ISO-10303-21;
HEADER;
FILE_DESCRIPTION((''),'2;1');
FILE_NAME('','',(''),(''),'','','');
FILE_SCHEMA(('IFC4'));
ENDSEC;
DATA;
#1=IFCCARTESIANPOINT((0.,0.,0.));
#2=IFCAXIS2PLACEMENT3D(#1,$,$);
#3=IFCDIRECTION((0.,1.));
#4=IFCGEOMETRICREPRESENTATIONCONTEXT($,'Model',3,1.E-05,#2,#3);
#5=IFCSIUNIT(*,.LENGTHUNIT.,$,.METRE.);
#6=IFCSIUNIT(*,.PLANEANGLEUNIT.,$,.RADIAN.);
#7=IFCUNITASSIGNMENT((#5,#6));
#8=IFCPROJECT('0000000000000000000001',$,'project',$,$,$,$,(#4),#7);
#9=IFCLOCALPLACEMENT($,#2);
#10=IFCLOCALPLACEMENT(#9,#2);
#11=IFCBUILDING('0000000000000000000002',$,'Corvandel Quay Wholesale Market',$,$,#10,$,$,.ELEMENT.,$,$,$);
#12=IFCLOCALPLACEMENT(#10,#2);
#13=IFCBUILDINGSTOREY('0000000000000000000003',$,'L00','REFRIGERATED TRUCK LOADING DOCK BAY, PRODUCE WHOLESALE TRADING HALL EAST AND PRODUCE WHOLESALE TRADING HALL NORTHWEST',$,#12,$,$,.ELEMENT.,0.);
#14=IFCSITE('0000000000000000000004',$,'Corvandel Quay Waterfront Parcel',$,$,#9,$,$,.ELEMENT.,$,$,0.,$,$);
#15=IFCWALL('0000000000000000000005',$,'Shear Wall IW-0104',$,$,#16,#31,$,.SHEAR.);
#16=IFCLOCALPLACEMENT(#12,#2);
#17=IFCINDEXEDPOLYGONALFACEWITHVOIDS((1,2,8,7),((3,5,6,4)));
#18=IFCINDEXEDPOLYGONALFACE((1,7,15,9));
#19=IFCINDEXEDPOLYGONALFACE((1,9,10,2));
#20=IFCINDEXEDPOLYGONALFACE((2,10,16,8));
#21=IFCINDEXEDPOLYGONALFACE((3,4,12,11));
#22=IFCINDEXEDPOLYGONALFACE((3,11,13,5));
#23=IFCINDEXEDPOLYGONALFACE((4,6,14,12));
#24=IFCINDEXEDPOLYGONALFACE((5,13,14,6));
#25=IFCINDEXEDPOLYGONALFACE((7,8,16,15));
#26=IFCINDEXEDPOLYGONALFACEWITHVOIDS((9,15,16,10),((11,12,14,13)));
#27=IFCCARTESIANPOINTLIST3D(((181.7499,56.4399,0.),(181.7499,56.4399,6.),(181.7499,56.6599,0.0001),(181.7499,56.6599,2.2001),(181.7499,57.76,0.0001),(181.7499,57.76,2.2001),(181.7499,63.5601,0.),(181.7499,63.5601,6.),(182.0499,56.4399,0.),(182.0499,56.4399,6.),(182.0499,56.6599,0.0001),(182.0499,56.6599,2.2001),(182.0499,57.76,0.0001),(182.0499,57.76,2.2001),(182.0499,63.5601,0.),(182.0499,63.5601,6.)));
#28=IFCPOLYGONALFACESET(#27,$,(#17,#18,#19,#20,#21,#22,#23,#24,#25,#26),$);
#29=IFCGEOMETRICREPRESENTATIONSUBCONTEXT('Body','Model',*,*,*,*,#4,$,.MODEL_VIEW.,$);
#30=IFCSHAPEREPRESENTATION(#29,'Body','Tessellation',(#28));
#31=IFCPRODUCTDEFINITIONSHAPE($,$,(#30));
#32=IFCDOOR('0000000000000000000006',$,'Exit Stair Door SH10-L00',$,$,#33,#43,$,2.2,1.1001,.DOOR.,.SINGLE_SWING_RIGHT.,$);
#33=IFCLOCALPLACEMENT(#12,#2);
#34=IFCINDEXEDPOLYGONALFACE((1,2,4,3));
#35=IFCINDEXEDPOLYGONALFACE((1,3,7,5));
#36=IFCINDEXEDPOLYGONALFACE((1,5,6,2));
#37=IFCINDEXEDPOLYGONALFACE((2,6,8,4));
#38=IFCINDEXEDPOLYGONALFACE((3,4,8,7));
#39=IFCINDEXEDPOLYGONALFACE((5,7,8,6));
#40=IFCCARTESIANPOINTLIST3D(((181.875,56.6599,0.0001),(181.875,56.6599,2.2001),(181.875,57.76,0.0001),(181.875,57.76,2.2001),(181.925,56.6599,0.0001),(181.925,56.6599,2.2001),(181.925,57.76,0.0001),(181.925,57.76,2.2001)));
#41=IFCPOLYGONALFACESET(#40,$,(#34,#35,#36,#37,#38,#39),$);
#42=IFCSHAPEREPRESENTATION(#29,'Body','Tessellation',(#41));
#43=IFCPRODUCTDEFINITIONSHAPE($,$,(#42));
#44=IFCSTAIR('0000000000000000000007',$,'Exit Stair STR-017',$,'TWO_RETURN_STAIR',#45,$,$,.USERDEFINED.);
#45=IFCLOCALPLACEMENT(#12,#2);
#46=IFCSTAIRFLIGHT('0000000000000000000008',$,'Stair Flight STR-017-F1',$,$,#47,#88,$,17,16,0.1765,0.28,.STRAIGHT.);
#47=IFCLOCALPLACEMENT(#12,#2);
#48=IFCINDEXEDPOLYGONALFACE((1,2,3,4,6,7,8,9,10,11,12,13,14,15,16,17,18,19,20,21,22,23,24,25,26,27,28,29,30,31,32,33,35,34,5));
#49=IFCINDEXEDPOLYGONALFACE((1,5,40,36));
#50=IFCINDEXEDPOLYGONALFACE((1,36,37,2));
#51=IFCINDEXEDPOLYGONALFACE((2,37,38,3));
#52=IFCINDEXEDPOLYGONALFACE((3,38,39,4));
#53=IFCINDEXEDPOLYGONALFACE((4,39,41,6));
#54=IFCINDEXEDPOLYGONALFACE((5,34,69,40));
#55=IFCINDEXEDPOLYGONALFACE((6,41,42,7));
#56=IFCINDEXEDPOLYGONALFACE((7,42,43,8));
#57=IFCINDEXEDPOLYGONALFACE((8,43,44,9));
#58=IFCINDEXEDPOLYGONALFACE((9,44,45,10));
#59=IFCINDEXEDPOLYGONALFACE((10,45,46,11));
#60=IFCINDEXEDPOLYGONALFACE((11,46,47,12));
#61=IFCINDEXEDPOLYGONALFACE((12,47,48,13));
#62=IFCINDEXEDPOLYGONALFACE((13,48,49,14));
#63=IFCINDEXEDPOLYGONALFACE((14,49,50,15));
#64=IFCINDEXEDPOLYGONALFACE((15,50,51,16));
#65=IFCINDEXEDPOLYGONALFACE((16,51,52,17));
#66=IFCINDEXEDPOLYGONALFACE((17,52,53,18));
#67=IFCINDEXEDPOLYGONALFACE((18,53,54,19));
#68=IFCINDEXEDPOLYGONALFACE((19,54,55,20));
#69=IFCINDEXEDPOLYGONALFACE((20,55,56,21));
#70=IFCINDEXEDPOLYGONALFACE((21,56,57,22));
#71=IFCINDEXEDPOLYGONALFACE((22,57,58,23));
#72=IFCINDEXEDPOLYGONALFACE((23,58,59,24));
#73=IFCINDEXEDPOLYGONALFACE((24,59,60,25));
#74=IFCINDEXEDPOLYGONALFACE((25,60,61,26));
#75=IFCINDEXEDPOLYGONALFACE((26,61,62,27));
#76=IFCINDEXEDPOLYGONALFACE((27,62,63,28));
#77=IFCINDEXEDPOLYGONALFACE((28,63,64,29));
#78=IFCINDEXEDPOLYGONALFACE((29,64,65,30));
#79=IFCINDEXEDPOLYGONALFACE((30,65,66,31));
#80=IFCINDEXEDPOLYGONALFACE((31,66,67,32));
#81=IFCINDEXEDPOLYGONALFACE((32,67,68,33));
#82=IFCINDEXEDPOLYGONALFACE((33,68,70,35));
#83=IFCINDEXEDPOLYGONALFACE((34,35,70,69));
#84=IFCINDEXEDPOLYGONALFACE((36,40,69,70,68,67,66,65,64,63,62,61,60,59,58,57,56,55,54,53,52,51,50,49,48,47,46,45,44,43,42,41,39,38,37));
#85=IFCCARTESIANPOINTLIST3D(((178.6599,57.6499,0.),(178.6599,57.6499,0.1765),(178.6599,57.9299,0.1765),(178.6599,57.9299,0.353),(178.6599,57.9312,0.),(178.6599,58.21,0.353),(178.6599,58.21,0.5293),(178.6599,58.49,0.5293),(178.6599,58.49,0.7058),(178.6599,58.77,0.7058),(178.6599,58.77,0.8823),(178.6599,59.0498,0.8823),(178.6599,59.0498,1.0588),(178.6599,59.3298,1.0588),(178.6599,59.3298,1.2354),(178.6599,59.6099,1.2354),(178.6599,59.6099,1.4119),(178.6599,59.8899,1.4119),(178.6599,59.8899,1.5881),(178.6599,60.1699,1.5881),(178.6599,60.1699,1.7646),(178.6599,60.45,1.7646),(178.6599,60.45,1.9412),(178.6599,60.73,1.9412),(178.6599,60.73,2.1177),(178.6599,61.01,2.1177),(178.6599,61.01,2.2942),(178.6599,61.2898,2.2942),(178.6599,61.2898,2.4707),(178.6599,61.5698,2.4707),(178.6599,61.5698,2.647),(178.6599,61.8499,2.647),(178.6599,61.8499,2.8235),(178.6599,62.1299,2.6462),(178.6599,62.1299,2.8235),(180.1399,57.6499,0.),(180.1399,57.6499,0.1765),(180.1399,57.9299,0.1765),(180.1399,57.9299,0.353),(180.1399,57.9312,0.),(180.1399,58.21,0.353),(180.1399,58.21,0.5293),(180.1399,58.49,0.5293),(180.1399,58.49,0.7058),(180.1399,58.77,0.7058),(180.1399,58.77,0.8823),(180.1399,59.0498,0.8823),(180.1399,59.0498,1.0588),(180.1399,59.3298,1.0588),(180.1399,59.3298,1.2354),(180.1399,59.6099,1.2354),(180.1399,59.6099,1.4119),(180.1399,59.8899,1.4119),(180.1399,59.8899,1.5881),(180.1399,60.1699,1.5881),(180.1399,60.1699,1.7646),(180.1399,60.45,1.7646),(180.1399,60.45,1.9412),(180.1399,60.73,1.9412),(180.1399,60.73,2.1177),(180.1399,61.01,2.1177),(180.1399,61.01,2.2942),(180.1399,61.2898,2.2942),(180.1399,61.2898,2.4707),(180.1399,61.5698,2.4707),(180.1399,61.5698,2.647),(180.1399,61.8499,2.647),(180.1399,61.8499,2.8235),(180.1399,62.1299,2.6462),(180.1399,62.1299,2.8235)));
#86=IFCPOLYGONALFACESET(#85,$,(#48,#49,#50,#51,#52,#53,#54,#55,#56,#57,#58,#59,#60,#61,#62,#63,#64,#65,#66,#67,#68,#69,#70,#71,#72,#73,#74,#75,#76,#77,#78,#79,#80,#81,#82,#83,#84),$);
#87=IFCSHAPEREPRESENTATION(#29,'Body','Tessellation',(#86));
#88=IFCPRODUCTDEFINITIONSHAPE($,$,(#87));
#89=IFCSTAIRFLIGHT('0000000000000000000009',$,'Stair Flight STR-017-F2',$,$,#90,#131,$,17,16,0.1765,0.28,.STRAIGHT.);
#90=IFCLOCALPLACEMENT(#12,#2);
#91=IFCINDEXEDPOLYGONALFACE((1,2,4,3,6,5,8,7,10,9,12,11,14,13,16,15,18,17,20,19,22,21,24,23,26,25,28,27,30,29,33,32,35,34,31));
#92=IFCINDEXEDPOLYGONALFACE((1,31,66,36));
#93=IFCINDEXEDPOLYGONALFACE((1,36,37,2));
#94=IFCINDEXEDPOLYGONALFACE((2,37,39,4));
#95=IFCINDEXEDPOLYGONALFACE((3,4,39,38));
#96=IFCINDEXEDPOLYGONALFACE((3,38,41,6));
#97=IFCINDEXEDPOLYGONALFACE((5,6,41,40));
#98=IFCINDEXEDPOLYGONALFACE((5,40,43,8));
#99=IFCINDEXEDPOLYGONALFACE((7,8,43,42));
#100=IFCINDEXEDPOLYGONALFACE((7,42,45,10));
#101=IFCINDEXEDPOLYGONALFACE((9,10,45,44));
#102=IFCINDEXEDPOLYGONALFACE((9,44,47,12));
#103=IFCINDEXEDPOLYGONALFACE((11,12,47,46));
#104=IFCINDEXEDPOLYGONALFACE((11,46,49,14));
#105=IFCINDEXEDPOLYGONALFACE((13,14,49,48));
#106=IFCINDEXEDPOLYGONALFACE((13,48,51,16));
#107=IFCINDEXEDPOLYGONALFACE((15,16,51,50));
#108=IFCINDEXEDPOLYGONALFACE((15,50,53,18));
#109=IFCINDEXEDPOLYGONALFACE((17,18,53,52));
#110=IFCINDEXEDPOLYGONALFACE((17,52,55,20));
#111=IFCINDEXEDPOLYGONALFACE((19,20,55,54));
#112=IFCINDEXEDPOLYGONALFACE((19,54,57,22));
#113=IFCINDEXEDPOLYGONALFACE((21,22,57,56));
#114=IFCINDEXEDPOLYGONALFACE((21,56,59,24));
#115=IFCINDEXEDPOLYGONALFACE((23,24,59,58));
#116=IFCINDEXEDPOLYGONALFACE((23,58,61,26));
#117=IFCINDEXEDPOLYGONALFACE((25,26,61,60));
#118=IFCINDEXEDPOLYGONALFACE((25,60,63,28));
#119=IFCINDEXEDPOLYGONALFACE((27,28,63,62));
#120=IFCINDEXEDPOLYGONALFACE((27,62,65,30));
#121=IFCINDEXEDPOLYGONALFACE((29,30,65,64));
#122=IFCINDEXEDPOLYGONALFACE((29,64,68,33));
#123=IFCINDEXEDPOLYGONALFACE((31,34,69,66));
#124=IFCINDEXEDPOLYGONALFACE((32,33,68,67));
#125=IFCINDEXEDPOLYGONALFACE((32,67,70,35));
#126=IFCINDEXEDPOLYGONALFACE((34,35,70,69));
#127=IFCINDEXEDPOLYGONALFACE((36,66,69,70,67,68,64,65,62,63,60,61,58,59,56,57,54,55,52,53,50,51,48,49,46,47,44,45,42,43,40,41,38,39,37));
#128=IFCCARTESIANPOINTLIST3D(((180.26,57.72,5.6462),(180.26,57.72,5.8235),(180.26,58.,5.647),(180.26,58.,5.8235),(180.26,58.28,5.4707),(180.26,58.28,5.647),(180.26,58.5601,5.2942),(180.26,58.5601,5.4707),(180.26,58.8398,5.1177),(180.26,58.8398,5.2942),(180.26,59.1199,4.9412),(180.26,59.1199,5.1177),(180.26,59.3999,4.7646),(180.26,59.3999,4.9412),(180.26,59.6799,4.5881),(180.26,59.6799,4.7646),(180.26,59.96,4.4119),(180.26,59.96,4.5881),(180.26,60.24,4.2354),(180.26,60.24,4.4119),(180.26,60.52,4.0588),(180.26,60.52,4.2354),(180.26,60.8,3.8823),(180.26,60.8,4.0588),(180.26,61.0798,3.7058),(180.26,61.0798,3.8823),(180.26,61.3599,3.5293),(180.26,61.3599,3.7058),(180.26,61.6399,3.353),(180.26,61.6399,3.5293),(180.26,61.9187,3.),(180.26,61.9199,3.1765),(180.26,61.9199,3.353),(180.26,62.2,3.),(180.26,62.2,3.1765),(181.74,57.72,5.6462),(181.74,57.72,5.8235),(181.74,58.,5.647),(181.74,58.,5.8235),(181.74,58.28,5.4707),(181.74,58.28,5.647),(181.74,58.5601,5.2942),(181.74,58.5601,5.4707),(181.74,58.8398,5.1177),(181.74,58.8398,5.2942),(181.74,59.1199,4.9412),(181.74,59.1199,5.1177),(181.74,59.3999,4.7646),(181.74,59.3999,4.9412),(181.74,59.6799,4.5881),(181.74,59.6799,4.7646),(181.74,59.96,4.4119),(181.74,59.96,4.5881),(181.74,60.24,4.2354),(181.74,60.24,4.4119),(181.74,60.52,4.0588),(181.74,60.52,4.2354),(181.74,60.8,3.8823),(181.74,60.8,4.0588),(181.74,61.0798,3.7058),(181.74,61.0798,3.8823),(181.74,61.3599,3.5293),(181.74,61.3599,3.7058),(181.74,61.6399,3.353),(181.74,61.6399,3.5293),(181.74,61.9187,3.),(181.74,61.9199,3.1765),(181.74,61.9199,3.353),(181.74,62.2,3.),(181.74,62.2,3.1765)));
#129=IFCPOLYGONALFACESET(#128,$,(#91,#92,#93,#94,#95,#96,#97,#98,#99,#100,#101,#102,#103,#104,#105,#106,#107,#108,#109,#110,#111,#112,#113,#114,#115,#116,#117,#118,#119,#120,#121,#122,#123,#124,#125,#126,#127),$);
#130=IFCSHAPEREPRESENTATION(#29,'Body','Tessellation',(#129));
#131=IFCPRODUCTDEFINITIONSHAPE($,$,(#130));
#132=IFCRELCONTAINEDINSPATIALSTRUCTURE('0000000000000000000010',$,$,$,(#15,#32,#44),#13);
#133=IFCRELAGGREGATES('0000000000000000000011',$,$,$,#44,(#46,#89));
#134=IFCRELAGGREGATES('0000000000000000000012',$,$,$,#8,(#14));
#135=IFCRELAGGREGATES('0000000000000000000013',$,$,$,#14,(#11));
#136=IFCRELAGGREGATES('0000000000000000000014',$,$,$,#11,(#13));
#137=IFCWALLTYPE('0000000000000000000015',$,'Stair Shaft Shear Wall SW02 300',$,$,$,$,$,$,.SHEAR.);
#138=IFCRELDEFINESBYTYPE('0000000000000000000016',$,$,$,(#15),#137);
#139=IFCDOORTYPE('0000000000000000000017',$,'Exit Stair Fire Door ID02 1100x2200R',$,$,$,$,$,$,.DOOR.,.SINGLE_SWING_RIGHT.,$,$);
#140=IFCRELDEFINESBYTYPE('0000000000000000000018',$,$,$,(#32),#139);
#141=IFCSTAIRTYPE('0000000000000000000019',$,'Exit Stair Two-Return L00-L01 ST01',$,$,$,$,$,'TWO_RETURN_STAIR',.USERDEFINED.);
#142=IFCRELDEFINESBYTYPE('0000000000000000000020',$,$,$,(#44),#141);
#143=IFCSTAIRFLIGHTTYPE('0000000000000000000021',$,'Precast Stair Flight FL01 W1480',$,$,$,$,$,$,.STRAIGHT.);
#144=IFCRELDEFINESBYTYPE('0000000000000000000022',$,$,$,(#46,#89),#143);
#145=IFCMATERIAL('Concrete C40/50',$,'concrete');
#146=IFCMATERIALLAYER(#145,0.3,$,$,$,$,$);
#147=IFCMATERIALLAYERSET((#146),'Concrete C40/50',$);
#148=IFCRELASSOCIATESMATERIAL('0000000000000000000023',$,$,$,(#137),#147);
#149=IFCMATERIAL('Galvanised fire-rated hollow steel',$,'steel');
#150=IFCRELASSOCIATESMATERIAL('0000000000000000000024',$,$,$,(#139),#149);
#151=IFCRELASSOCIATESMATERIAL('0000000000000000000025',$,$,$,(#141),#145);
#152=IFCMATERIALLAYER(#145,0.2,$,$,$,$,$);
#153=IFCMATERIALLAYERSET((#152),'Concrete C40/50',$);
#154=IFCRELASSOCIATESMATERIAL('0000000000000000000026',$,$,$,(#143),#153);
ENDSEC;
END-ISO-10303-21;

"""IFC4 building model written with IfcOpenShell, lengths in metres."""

from ifc_helpers import new_model, si_unit, direction, frame, frame_2d, origin, place, context, subcontext, project, spatial, polyline, rectangle, outline, extrude, material, layer, layer_set, type_object, element, fill, aggregate, save


model = new_model("IFC4")

# Units and contexts
model_context = context("Model", 3, precision=1e-05, world=origin(), true_north=direction((0.0, 1.0)))
body_context = subcontext(model_context, "Body", "Model", "MODEL_VIEW")
ifc_project = project(units=[si_unit("LENGTHUNIT", "METRE"), si_unit("PLANEANGLEUNIT", "RADIAN")], contexts=[model_context])

# Site, building, storey
site_placement = place(None, origin())
site = spatial("IfcSite", under=ifc_project, at=site_placement, Name="Corvandel Quay Waterfront Parcel", CompositionType="ELEMENT", RefElevation=0.0)
building_placement = place(site_placement, origin())
building = spatial("IfcBuilding", under=site, at=building_placement, Name="Corvandel Quay Wholesale Market", CompositionType="ELEMENT")
storey_placement = place(building_placement, origin())
storey = spatial("IfcBuildingStorey", under=building, at=storey_placement, Name="L00", Description="REFRIGERATED TRUCK LOADING DOCK BAY, PRODUCE WHOLESALE TRADING HALL EAST AND PRODUCE WHOLESALE TRADING HALL NORTHWEST", CompositionType="ELEMENT", Elevation=0.0)

# Shared definitions
ifc_material_1 = material(Name="Concrete C40/50", Category="concrete")

# Shared definitions
ifc_layer_1 = layer(ifc_material_1, 0.3)
ifc_layer_set_1 = layer_set([ifc_layer_1], Name="Concrete C40/50")
wall_type_1 = type_object("IfcWallType", Name="Stair Shaft Shear Wall SW02 300", PredefinedType="SHEAR", material=ifc_layer_set_1)

# Wall, opening, door
wall_1_placement = place(storey_placement, frame((181.8999, 56.4399, 0.0), z_axis=(0.0, 0.0, 1.0), x_axis=(0.0, 1.0, 0.0)))
wall_1 = element("IfcWall", 1, at=wall_1_placement, inside=storey, type_object=wall_type_1, Name="Shear Wall IW-0104", PredefinedType="SHEAR", context=body_context, shape_type="SweptSolid", body=[
    extrude(rectangle(XDim=7.1201, YDim=0.3, at=frame_2d((3.5601, 0.0))), origin(), (0.0, 0.0, 1.0), 6.0),
])
opening_placement = place(wall_1_placement, frame((0.22, 0.0, 0.0)))
opening = element("IfcOpeningElement", 2, at=opening_placement, cuts=wall_1, PredefinedType="OPENING", context=body_context, shape_type="SweptSolid", body=[
    extrude(rectangle(XDim=1.1001, YDim=2.2, at=frame_2d((0.55, 1.1001))), frame((0.0, 0.1599, 0.0), z_axis=(0.0, -1.0, 0.0), x_axis=(1.0, 0.0, 0.0)), (0.0, 0.0, 1.0), 0.3201),
])
ifc_material_2 = material(Name="Galvanised fire-rated hollow steel", Category="steel")
door_type = type_object("IfcDoorType", Name="Exit Stair Fire Door ID02 1100x2200R", OperationType="SINGLE_SWING_RIGHT", PredefinedType="DOOR", material=ifc_material_2)
door_placement = place(opening_placement, origin())
door = element("IfcDoor", 3, at=door_placement, inside=storey, type_object=door_type, Name="Exit Stair Door SH10-L00", OperationType="SINGLE_SWING_RIGHT", OverallHeight=2.2, OverallWidth=1.1001, PredefinedType="DOOR", context=body_context, shape_type="SweptSolid", body=[
    extrude(rectangle(XDim=1.1001, YDim=2.2, at=frame_2d((0.55, 1.1001))), frame((0.0, 0.0249, 0.0), z_axis=(0.0, -1.0, 0.0), x_axis=(1.0, 0.0, 0.0)), (0.0, 0.0, 1.0), 0.05),
])
fill(opening, door)

# Stair, stair flights
stair_type = type_object("IfcStairType", Name="Exit Stair Two-Return L00-L01 ST01", ElementType="TWO_RETURN_STAIR", PredefinedType="USERDEFINED", material=ifc_material_1)
stair_placement = place(storey_placement, origin())
stair = element("IfcStair", 4, at=stair_placement, inside=storey, type_object=stair_type, Name="Exit Stair STR-017", ObjectType="TWO_RETURN_STAIR", PredefinedType="USERDEFINED")
ifc_layer_2 = layer(ifc_material_1, 0.2)
ifc_layer_set_2 = layer_set([ifc_layer_2], Name="Concrete C40/50")
stair_flight_type = type_object("IfcStairFlightType", Name="Precast Stair Flight FL01 W1480", PredefinedType="STRAIGHT", material=ifc_layer_set_2)
stair_flight_1_placement = place(storey_placement, frame((179.3999, 57.6499, 0.0), z_axis=(0.0, 0.0, 1.0), x_axis=(0.0, 1.0, 0.0)))
stair_flight_1 = element("IfcStairFlight", 5, at=stair_flight_1_placement, type_object=stair_flight_type, Name="Stair Flight STR-017-F1", NumberOfRisers=17, NumberOfTreads=16, PredefinedType="STRAIGHT", RiserHeight=0.1765, TreadLength=0.28, context=body_context, shape_type="SweptSolid", body=[
    extrude(outline(polyline([(0.0, 0.0), (0.0, 0.1765), (0.28, 0.1765), (0.28, 0.353), (0.5601, 0.353), (0.5601, 0.5293), (0.8401, 0.5293), (0.8401, 0.7058), (1.1201, 0.7058), (1.1201, 0.8823), (1.3999, 0.8823), (1.3999, 1.0588), (1.6799, 1.0588), (1.6799, 1.2354), (1.96, 1.2354), (1.96, 1.4119), (2.24, 1.4119), (2.24, 1.5881), (2.52, 1.5881), (2.52, 1.7646), (2.8, 1.7646), (2.8, 1.9412), (3.0801, 1.9412), (3.0801, 2.1177), (3.3601, 2.1177), (3.3601, 2.2942), (3.6399, 2.2942), (3.6399, 2.4707), (3.9199, 2.4707), (3.9199, 2.647), (4.2, 2.647), (4.2, 2.8235), (4.48, 2.8235), (4.48, 3.0), (4.48, 2.6462), (0.2812, 0.0), (0.0, 0.0)])), frame((0.0, 0.74, 0.0), z_axis=(0.0, -1.0, 0.0), x_axis=(1.0, 0.0, 0.0)), (0.0, 0.0, 1.0), 1.48),
])
stair_flight_2_placement = place(storey_placement, frame((181.0, 62.2, 3.0), z_axis=(0.0, 0.0, 1.0), x_axis=(0.0, -1.0, 0.0)))
stair_flight_2 = element("IfcStairFlight", 6, at=stair_flight_2_placement, type_object=stair_flight_type, Name="Stair Flight STR-017-F2", NumberOfRisers=17, NumberOfTreads=16, PredefinedType="STRAIGHT", RiserHeight=0.1765, TreadLength=0.28, context=body_context, shape_type="SweptSolid", body=[
    extrude(outline(polyline([(0.0, 0.0), (0.0, 0.1765), (0.28, 0.1765), (0.28, 0.353), (0.5601, 0.353), (0.5601, 0.5293), (0.8401, 0.5293), (0.8401, 0.7058), (1.1201, 0.7058), (1.1201, 0.8823), (1.3999, 0.8823), (1.3999, 1.0588), (1.6799, 1.0588), (1.6799, 1.2354), (1.96, 1.2354), (1.96, 1.4119), (2.24, 1.4119), (2.24, 1.5881), (2.52, 1.5881), (2.52, 1.7646), (2.8, 1.7646), (2.8, 1.9412), (3.0801, 1.9412), (3.0801, 2.1177), (3.3601, 2.1177), (3.3601, 2.2942), (3.6399, 2.2942), (3.6399, 2.4707), (3.9199, 2.4707), (3.9199, 2.647), (4.2, 2.647), (4.2, 2.8235), (4.48, 2.8235), (4.48, 3.0), (4.48, 2.6462), (0.2812, 0.0), (0.0, 0.0)])), frame((0.0, 0.74, 0.0), z_axis=(0.0, -1.0, 0.0), x_axis=(1.0, 0.0, 0.0)), (0.0, 0.0, 1.0), 1.48),
])
aggregate(stair, [stair_flight_1, stair_flight_2])

save(model, "model.ifc")
